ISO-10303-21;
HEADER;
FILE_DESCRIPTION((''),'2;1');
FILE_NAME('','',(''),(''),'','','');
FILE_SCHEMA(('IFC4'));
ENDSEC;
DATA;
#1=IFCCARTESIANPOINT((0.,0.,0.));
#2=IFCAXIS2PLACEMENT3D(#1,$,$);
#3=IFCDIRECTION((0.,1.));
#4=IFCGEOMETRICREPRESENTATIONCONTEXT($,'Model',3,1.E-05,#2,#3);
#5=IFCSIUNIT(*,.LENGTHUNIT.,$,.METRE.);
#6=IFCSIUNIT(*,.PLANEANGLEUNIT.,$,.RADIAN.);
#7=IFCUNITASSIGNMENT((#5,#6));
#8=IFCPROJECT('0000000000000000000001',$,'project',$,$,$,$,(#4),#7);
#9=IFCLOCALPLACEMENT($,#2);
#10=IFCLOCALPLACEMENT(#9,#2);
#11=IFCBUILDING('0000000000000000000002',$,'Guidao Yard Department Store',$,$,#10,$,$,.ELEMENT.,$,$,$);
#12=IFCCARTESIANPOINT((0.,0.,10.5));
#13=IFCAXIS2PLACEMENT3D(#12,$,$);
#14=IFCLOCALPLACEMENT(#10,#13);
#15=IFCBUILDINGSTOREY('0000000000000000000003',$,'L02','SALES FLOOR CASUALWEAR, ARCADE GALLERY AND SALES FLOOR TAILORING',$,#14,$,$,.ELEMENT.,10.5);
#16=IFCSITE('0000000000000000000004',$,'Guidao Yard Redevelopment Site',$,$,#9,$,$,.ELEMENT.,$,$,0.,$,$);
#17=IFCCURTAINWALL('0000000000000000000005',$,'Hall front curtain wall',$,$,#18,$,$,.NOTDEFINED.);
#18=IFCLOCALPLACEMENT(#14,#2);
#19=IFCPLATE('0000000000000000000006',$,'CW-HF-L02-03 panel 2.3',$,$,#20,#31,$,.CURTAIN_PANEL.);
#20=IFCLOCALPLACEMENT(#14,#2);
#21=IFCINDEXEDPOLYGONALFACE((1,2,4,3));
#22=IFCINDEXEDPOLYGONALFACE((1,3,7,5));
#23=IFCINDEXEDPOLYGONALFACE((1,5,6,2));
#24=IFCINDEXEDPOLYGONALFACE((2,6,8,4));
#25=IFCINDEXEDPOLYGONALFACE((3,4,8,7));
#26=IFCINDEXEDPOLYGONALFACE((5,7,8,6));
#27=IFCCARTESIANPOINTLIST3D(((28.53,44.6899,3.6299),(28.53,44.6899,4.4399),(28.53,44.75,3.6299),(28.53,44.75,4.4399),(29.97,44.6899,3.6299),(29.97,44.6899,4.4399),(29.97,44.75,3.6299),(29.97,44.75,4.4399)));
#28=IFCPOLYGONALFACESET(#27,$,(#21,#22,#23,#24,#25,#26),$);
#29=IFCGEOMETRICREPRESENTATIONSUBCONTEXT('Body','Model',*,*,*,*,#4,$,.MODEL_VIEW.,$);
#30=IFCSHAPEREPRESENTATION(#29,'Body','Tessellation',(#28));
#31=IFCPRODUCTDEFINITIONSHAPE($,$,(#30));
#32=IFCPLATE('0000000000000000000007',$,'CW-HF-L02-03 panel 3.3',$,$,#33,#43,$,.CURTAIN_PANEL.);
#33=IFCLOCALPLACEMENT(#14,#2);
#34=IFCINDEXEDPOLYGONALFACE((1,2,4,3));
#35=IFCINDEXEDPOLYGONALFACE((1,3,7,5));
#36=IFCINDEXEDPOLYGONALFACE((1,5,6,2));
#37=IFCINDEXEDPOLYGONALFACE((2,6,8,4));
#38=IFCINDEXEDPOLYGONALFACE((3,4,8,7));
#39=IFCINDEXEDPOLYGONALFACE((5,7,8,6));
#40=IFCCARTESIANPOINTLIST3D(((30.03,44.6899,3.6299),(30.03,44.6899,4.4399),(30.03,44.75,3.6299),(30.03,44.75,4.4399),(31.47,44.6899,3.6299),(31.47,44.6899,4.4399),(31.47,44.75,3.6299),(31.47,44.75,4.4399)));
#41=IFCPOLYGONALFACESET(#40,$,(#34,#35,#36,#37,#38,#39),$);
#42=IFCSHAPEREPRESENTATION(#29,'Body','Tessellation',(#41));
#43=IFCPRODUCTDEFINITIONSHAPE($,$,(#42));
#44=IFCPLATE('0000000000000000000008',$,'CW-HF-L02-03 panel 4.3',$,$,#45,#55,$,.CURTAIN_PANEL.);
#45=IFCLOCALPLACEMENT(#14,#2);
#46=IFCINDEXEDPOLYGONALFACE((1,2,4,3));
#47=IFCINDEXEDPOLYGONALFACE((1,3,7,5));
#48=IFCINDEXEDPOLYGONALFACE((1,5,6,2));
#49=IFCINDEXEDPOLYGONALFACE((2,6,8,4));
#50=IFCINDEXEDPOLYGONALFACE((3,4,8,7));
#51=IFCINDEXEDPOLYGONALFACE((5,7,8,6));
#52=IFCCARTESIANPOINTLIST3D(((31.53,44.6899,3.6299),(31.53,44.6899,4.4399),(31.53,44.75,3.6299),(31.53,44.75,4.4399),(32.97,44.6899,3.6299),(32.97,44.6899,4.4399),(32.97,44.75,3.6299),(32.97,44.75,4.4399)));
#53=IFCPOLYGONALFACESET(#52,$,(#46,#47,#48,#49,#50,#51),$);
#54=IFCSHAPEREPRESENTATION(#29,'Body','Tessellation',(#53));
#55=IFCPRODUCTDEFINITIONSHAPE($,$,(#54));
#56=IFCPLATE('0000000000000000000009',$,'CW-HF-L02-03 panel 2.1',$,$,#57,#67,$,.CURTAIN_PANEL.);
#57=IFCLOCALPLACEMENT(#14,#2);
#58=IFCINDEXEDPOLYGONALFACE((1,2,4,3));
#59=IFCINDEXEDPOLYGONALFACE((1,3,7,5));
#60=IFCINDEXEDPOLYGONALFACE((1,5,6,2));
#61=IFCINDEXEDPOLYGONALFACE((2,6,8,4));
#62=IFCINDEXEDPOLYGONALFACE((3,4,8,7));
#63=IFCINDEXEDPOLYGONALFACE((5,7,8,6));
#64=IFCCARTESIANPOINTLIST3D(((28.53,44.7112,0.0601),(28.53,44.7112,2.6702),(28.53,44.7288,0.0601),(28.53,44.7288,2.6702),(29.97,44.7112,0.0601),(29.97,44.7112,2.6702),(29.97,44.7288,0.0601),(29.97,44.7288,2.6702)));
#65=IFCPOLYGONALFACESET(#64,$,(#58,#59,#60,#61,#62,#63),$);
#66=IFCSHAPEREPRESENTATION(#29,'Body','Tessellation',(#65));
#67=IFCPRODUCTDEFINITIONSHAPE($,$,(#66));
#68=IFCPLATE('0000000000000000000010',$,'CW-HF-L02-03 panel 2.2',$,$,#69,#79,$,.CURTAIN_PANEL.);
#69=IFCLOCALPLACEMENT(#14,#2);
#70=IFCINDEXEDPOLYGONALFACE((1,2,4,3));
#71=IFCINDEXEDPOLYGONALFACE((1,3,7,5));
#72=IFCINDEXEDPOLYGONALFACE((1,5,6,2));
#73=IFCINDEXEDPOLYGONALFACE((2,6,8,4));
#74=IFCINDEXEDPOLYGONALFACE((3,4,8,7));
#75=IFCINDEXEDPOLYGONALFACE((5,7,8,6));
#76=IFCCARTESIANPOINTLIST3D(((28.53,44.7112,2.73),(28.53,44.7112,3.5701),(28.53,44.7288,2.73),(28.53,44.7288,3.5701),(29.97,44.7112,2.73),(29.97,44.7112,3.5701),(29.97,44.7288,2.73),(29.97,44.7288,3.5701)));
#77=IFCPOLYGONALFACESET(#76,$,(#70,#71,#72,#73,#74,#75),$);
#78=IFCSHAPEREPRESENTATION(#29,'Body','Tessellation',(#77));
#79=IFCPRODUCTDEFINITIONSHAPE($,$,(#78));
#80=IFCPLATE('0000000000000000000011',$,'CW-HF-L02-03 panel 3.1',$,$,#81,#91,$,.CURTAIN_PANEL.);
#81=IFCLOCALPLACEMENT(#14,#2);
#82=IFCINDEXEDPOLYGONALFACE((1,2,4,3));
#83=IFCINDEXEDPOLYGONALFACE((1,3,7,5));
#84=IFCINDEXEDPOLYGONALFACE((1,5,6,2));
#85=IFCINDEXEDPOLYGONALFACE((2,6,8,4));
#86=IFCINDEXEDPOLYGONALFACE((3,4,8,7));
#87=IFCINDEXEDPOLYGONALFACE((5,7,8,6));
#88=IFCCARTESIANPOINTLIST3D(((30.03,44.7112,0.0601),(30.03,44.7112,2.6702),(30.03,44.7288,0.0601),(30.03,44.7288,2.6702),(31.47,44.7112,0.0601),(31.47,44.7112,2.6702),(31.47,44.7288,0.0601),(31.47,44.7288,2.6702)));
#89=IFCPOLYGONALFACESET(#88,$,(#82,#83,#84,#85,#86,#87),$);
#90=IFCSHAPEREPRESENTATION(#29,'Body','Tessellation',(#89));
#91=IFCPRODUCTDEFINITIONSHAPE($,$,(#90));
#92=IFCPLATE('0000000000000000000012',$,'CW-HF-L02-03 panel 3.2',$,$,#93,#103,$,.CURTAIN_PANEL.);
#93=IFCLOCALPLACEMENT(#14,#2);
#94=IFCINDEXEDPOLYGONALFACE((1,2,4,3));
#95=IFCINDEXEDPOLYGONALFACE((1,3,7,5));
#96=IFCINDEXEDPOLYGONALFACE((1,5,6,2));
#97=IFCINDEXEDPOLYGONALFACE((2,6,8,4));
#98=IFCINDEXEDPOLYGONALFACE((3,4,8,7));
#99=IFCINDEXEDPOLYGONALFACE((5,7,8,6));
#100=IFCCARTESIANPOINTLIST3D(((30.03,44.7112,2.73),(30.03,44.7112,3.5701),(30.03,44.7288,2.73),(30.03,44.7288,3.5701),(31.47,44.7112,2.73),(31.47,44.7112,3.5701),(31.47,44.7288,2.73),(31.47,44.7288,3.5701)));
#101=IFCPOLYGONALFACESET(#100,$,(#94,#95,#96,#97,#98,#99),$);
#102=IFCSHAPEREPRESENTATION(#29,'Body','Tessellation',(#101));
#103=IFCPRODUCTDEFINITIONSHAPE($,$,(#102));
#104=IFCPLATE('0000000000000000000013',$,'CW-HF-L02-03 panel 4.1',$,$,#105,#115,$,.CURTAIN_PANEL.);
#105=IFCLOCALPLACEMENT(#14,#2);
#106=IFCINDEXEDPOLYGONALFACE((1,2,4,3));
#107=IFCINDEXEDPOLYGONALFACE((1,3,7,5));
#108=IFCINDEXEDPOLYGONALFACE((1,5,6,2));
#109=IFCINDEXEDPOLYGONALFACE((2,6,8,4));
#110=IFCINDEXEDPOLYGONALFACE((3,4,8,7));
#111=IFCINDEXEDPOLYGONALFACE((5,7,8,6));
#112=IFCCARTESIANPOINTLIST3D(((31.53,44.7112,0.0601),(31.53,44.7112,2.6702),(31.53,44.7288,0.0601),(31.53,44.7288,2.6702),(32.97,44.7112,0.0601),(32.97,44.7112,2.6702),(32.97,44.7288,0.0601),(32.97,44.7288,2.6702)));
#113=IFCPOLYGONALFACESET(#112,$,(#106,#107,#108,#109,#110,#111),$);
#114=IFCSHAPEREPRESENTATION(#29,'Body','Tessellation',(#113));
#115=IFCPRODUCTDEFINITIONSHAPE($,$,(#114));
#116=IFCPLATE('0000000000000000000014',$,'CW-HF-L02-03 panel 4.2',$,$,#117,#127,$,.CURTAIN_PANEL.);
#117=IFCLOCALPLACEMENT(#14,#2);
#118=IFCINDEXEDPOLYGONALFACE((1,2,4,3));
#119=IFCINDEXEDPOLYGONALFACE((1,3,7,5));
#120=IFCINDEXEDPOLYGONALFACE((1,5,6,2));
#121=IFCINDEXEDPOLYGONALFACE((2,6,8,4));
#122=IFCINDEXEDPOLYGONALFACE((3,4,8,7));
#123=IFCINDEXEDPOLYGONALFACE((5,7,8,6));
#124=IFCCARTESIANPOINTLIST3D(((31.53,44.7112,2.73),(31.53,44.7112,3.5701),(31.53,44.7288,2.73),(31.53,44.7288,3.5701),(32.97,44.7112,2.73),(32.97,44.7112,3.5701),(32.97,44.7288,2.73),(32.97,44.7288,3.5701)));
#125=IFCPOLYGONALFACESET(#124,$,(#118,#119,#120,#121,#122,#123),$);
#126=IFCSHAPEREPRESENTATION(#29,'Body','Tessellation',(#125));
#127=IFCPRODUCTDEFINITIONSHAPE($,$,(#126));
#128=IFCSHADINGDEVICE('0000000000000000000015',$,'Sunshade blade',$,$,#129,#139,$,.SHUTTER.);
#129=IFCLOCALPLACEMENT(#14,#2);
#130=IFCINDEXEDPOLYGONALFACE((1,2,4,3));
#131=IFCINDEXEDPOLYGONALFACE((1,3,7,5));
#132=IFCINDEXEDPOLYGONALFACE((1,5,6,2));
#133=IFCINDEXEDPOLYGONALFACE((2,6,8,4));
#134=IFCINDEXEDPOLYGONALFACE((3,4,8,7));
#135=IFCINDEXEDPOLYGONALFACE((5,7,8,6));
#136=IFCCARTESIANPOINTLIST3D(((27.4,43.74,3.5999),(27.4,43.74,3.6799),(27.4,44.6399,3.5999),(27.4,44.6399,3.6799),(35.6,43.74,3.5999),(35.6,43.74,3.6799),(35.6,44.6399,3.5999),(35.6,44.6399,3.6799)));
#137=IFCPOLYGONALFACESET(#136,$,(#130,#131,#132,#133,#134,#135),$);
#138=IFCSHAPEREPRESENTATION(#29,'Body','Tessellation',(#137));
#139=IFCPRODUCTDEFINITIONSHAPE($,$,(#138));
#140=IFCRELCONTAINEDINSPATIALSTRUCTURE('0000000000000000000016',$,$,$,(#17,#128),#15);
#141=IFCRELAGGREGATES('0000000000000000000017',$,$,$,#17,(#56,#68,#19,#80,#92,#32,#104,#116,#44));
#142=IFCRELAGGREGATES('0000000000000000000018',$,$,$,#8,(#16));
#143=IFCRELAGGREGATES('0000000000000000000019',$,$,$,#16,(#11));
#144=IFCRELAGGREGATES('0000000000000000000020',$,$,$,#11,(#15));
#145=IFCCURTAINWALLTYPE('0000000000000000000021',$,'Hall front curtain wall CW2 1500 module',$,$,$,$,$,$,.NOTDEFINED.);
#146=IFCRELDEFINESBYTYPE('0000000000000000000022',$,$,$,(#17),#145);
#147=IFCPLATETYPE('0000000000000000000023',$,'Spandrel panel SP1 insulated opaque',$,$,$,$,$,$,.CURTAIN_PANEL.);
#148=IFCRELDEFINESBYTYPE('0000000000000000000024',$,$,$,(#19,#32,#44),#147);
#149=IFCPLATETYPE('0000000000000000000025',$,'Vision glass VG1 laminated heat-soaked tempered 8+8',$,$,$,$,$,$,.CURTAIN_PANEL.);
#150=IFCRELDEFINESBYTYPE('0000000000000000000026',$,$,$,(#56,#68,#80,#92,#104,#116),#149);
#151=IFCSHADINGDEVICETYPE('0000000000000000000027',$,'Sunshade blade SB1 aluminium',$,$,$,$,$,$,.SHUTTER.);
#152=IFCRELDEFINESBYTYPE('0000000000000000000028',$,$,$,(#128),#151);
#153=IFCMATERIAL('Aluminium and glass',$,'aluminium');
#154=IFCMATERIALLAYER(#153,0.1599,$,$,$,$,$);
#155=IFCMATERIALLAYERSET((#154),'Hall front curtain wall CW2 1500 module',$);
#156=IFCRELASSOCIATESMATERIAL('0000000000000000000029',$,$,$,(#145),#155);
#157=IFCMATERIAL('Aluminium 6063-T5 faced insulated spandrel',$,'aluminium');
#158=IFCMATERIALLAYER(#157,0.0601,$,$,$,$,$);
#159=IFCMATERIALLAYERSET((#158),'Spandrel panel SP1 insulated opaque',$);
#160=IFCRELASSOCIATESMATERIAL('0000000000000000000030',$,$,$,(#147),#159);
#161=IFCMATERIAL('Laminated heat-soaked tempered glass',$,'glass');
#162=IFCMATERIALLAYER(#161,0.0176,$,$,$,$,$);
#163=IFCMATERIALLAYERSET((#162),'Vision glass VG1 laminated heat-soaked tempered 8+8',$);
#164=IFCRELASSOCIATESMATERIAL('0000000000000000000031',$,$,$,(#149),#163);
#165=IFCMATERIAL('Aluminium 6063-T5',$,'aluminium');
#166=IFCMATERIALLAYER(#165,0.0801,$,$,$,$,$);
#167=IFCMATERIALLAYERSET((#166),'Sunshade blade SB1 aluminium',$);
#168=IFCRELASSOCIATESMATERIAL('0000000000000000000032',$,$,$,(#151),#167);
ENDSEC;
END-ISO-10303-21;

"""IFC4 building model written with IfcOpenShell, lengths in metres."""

from ifc_helpers import new_model, si_unit, direction, frame, origin, origin_2d, place, context, subcontext, project, spatial, rectangle, extrude, material, layer, layer_set, type_object, element, aggregate, save


model = new_model("IFC4")

# Units and contexts
model_context = context("Model", 3, precision=1e-05, world=origin(), true_north=direction((0.0, 1.0)))
body_context = subcontext(model_context, "Body", "Model", "MODEL_VIEW")
ifc_project = project(units=[si_unit("LENGTHUNIT", "METRE"), si_unit("PLANEANGLEUNIT", "RADIAN")], contexts=[model_context])

# Site, building, storey
site_placement = place(None, origin())
site = spatial("IfcSite", under=ifc_project, at=site_placement, Name="Guidao Yard Redevelopment Site", CompositionType="ELEMENT", RefElevation=0.0)
building_placement = place(site_placement, origin())
building = spatial("IfcBuilding", under=site, at=building_placement, Name="Guidao Yard Department Store", CompositionType="ELEMENT")
storey_placement = place(building_placement, frame((0.0, 0.0, 10.5)))
storey = spatial("IfcBuildingStorey", under=building, at=storey_placement, Name="L02", Description="SALES FLOOR CASUALWEAR, ARCADE GALLERY AND SALES FLOOR TAILORING", CompositionType="ELEMENT", Elevation=10.5)

# Curtain wall, plates
ifc_material_1 = material(Name="Aluminium and glass", Category="aluminium")
ifc_layer_1 = layer(ifc_material_1, 0.1599)
ifc_layer_set_1 = layer_set([ifc_layer_1], Name="Hall front curtain wall CW2 1500 module")
curtain_wall_type = type_object("IfcCurtainWallType", Name="Hall front curtain wall CW2 1500 module", PredefinedType="NOTDEFINED", material=ifc_layer_set_1)
curtain_wall_placement = place(storey_placement, origin())
curtain_wall = element("IfcCurtainWall", 1, at=curtain_wall_placement, inside=storey, type_object=curtain_wall_type, Name="Hall front curtain wall", PredefinedType="NOTDEFINED")
ifc_material_2 = material(Name="Aluminium 6063-T5 faced insulated spandrel", Category="aluminium")
ifc_layer_2 = layer(ifc_material_2, 0.0601)
ifc_layer_set_2 = layer_set([ifc_layer_2], Name="Spandrel panel SP1 insulated opaque")
plate_type_1 = type_object("IfcPlateType", Name="Spandrel panel SP1 insulated opaque", PredefinedType="CURTAIN_PANEL", material=ifc_layer_set_2)
plate_1_placement = place(storey_placement, frame((29.25, 44.72, 3.6299), z_axis=(0.0, 0.0, 1.0), x_axis=(-1.0, 0.0, 0.0)))
plate_1 = element("IfcPlate", 2, at=plate_1_placement, type_object=plate_type_1, Name="CW-HF-L02-03 panel 2.3", PredefinedType="CURTAIN_PANEL", context=body_context, shape_type="SweptSolid", body=[
    extrude(rectangle(XDim=1.4399, YDim=0.0601, at=origin_2d()), origin(), (0.0, 0.0, 1.0), 0.8101),
])
plate_2_placement = place(storey_placement, frame((30.75, 44.72, 3.6299), z_axis=(0.0, 0.0, 1.0), x_axis=(-1.0, 0.0, 0.0)))
plate_2 = element("IfcPlate", 3, at=plate_2_placement, type_object=plate_type_1, Name="CW-HF-L02-03 panel 3.3", PredefinedType="CURTAIN_PANEL", context=body_context, shape_type="SweptSolid", body=[
    extrude(rectangle(XDim=1.4399, YDim=0.0601, at=origin_2d()), origin(), (0.0, 0.0, 1.0), 0.8101),
])
plate_3_placement = place(storey_placement, frame((32.25, 44.72, 3.6299), z_axis=(0.0, 0.0, 1.0), x_axis=(-1.0, 0.0, 0.0)))
plate_3 = element("IfcPlate", 4, at=plate_3_placement, type_object=plate_type_1, Name="CW-HF-L02-03 panel 4.3", PredefinedType="CURTAIN_PANEL", context=body_context, shape_type="SweptSolid", body=[
    extrude(rectangle(XDim=1.4399, YDim=0.0601, at=origin_2d()), origin(), (0.0, 0.0, 1.0), 0.8101),
])
ifc_material_3 = material(Name="Laminated heat-soaked tempered glass", Category="glass")
ifc_layer_3 = layer(ifc_material_3, 0.0176)
ifc_layer_set_3 = layer_set([ifc_layer_3], Name="Vision glass VG1 laminated heat-soaked tempered 8+8")
plate_type_2 = type_object("IfcPlateType", Name="Vision glass VG1 laminated heat-soaked tempered 8+8", PredefinedType="CURTAIN_PANEL", material=ifc_layer_set_3)
plate_4_placement = place(storey_placement, frame((29.25, 44.72, 0.0601), z_axis=(0.0, 0.0, 1.0), x_axis=(-1.0, 0.0, 0.0)))
plate_4 = element("IfcPlate", 5, at=plate_4_placement, type_object=plate_type_2, Name="CW-HF-L02-03 panel 2.1", PredefinedType="CURTAIN_PANEL", context=body_context, shape_type="SweptSolid", body=[
    extrude(rectangle(XDim=1.4399, YDim=0.0176, at=origin_2d()), origin(), (0.0, 0.0, 1.0), 2.6101),
])
plate_5_placement = place(storey_placement, frame((29.25, 44.72, 2.73), z_axis=(0.0, 0.0, 1.0), x_axis=(-1.0, 0.0, 0.0)))
plate_5 = element("IfcPlate", 6, at=plate_5_placement, type_object=plate_type_2, Name="CW-HF-L02-03 panel 2.2", PredefinedType="CURTAIN_PANEL", context=body_context, shape_type="SweptSolid", body=[
    extrude(rectangle(XDim=1.4399, YDim=0.0176, at=origin_2d()), origin(), (0.0, 0.0, 1.0), 0.8401),
])
plate_6_placement = place(storey_placement, frame((30.75, 44.72, 0.0601), z_axis=(0.0, 0.0, 1.0), x_axis=(-1.0, 0.0, 0.0)))
plate_6 = element("IfcPlate", 7, at=plate_6_placement, type_object=plate_type_2, Name="CW-HF-L02-03 panel 3.1", PredefinedType="CURTAIN_PANEL", context=body_context, shape_type="SweptSolid", body=[
    extrude(rectangle(XDim=1.4399, YDim=0.0176, at=origin_2d()), origin(), (0.0, 0.0, 1.0), 2.6101),
])
plate_7_placement = place(storey_placement, frame((30.75, 44.72, 2.73), z_axis=(0.0, 0.0, 1.0), x_axis=(-1.0, 0.0, 0.0)))
plate_7 = element("IfcPlate", 8, at=plate_7_placement, type_object=plate_type_2, Name="CW-HF-L02-03 panel 3.2", PredefinedType="CURTAIN_PANEL", context=body_context, shape_type="SweptSolid", body=[
    extrude(rectangle(XDim=1.4399, YDim=0.0176, at=origin_2d()), origin(), (0.0, 0.0, 1.0), 0.8401),
])
plate_8_placement = place(storey_placement, frame((32.25, 44.72, 0.0601), z_axis=(0.0, 0.0, 1.0), x_axis=(-1.0, 0.0, 0.0)))
plate_8 = element("IfcPlate", 9, at=plate_8_placement, type_object=plate_type_2, Name="CW-HF-L02-03 panel 4.1", PredefinedType="CURTAIN_PANEL", context=body_context, shape_type="SweptSolid", body=[
    extrude(rectangle(XDim=1.4399, YDim=0.0176, at=origin_2d()), origin(), (0.0, 0.0, 1.0), 2.6101),
])
plate_9_placement = place(storey_placement, frame((32.25, 44.72, 2.73), z_axis=(0.0, 0.0, 1.0), x_axis=(-1.0, 0.0, 0.0)))
plate_9 = element("IfcPlate", 10, at=plate_9_placement, type_object=plate_type_2, Name="CW-HF-L02-03 panel 4.2", PredefinedType="CURTAIN_PANEL", context=body_context, shape_type="SweptSolid", body=[
    extrude(rectangle(XDim=1.4399, YDim=0.0176, at=origin_2d()), origin(), (0.0, 0.0, 1.0), 0.8401),
])
aggregate(curtain_wall, [plate_4, plate_5, plate_1, plate_6, plate_7, plate_2, plate_8, plate_9, plate_3])

# Shading device
ifc_material_4 = material(Name="Aluminium 6063-T5", Category="aluminium")
ifc_layer_4 = layer(ifc_material_4, 0.0801)
ifc_layer_set_4 = layer_set([ifc_layer_4], Name="Sunshade blade SB1 aluminium")
shading_device_type = type_object("IfcShadingDeviceType", Name="Sunshade blade SB1 aluminium", PredefinedType="SHUTTER", material=ifc_layer_set_4)
shading_device_placement = place(storey_placement, frame((31.5, 44.1899, 3.5999), z_axis=(0.0, 0.0, 1.0), x_axis=(-1.0, 0.0, 0.0)))
element("IfcShadingDevice", 11, at=shading_device_placement, inside=storey, type_object=shading_device_type, Name="Sunshade blade", PredefinedType="SHUTTER", context=body_context, shape_type="SweptSolid", body=[
    extrude(rectangle(XDim=8.2, YDim=0.8999, at=origin_2d()), origin(), (0.0, 0.0, 1.0), 0.0801),
])

save(model, "model.ifc")
